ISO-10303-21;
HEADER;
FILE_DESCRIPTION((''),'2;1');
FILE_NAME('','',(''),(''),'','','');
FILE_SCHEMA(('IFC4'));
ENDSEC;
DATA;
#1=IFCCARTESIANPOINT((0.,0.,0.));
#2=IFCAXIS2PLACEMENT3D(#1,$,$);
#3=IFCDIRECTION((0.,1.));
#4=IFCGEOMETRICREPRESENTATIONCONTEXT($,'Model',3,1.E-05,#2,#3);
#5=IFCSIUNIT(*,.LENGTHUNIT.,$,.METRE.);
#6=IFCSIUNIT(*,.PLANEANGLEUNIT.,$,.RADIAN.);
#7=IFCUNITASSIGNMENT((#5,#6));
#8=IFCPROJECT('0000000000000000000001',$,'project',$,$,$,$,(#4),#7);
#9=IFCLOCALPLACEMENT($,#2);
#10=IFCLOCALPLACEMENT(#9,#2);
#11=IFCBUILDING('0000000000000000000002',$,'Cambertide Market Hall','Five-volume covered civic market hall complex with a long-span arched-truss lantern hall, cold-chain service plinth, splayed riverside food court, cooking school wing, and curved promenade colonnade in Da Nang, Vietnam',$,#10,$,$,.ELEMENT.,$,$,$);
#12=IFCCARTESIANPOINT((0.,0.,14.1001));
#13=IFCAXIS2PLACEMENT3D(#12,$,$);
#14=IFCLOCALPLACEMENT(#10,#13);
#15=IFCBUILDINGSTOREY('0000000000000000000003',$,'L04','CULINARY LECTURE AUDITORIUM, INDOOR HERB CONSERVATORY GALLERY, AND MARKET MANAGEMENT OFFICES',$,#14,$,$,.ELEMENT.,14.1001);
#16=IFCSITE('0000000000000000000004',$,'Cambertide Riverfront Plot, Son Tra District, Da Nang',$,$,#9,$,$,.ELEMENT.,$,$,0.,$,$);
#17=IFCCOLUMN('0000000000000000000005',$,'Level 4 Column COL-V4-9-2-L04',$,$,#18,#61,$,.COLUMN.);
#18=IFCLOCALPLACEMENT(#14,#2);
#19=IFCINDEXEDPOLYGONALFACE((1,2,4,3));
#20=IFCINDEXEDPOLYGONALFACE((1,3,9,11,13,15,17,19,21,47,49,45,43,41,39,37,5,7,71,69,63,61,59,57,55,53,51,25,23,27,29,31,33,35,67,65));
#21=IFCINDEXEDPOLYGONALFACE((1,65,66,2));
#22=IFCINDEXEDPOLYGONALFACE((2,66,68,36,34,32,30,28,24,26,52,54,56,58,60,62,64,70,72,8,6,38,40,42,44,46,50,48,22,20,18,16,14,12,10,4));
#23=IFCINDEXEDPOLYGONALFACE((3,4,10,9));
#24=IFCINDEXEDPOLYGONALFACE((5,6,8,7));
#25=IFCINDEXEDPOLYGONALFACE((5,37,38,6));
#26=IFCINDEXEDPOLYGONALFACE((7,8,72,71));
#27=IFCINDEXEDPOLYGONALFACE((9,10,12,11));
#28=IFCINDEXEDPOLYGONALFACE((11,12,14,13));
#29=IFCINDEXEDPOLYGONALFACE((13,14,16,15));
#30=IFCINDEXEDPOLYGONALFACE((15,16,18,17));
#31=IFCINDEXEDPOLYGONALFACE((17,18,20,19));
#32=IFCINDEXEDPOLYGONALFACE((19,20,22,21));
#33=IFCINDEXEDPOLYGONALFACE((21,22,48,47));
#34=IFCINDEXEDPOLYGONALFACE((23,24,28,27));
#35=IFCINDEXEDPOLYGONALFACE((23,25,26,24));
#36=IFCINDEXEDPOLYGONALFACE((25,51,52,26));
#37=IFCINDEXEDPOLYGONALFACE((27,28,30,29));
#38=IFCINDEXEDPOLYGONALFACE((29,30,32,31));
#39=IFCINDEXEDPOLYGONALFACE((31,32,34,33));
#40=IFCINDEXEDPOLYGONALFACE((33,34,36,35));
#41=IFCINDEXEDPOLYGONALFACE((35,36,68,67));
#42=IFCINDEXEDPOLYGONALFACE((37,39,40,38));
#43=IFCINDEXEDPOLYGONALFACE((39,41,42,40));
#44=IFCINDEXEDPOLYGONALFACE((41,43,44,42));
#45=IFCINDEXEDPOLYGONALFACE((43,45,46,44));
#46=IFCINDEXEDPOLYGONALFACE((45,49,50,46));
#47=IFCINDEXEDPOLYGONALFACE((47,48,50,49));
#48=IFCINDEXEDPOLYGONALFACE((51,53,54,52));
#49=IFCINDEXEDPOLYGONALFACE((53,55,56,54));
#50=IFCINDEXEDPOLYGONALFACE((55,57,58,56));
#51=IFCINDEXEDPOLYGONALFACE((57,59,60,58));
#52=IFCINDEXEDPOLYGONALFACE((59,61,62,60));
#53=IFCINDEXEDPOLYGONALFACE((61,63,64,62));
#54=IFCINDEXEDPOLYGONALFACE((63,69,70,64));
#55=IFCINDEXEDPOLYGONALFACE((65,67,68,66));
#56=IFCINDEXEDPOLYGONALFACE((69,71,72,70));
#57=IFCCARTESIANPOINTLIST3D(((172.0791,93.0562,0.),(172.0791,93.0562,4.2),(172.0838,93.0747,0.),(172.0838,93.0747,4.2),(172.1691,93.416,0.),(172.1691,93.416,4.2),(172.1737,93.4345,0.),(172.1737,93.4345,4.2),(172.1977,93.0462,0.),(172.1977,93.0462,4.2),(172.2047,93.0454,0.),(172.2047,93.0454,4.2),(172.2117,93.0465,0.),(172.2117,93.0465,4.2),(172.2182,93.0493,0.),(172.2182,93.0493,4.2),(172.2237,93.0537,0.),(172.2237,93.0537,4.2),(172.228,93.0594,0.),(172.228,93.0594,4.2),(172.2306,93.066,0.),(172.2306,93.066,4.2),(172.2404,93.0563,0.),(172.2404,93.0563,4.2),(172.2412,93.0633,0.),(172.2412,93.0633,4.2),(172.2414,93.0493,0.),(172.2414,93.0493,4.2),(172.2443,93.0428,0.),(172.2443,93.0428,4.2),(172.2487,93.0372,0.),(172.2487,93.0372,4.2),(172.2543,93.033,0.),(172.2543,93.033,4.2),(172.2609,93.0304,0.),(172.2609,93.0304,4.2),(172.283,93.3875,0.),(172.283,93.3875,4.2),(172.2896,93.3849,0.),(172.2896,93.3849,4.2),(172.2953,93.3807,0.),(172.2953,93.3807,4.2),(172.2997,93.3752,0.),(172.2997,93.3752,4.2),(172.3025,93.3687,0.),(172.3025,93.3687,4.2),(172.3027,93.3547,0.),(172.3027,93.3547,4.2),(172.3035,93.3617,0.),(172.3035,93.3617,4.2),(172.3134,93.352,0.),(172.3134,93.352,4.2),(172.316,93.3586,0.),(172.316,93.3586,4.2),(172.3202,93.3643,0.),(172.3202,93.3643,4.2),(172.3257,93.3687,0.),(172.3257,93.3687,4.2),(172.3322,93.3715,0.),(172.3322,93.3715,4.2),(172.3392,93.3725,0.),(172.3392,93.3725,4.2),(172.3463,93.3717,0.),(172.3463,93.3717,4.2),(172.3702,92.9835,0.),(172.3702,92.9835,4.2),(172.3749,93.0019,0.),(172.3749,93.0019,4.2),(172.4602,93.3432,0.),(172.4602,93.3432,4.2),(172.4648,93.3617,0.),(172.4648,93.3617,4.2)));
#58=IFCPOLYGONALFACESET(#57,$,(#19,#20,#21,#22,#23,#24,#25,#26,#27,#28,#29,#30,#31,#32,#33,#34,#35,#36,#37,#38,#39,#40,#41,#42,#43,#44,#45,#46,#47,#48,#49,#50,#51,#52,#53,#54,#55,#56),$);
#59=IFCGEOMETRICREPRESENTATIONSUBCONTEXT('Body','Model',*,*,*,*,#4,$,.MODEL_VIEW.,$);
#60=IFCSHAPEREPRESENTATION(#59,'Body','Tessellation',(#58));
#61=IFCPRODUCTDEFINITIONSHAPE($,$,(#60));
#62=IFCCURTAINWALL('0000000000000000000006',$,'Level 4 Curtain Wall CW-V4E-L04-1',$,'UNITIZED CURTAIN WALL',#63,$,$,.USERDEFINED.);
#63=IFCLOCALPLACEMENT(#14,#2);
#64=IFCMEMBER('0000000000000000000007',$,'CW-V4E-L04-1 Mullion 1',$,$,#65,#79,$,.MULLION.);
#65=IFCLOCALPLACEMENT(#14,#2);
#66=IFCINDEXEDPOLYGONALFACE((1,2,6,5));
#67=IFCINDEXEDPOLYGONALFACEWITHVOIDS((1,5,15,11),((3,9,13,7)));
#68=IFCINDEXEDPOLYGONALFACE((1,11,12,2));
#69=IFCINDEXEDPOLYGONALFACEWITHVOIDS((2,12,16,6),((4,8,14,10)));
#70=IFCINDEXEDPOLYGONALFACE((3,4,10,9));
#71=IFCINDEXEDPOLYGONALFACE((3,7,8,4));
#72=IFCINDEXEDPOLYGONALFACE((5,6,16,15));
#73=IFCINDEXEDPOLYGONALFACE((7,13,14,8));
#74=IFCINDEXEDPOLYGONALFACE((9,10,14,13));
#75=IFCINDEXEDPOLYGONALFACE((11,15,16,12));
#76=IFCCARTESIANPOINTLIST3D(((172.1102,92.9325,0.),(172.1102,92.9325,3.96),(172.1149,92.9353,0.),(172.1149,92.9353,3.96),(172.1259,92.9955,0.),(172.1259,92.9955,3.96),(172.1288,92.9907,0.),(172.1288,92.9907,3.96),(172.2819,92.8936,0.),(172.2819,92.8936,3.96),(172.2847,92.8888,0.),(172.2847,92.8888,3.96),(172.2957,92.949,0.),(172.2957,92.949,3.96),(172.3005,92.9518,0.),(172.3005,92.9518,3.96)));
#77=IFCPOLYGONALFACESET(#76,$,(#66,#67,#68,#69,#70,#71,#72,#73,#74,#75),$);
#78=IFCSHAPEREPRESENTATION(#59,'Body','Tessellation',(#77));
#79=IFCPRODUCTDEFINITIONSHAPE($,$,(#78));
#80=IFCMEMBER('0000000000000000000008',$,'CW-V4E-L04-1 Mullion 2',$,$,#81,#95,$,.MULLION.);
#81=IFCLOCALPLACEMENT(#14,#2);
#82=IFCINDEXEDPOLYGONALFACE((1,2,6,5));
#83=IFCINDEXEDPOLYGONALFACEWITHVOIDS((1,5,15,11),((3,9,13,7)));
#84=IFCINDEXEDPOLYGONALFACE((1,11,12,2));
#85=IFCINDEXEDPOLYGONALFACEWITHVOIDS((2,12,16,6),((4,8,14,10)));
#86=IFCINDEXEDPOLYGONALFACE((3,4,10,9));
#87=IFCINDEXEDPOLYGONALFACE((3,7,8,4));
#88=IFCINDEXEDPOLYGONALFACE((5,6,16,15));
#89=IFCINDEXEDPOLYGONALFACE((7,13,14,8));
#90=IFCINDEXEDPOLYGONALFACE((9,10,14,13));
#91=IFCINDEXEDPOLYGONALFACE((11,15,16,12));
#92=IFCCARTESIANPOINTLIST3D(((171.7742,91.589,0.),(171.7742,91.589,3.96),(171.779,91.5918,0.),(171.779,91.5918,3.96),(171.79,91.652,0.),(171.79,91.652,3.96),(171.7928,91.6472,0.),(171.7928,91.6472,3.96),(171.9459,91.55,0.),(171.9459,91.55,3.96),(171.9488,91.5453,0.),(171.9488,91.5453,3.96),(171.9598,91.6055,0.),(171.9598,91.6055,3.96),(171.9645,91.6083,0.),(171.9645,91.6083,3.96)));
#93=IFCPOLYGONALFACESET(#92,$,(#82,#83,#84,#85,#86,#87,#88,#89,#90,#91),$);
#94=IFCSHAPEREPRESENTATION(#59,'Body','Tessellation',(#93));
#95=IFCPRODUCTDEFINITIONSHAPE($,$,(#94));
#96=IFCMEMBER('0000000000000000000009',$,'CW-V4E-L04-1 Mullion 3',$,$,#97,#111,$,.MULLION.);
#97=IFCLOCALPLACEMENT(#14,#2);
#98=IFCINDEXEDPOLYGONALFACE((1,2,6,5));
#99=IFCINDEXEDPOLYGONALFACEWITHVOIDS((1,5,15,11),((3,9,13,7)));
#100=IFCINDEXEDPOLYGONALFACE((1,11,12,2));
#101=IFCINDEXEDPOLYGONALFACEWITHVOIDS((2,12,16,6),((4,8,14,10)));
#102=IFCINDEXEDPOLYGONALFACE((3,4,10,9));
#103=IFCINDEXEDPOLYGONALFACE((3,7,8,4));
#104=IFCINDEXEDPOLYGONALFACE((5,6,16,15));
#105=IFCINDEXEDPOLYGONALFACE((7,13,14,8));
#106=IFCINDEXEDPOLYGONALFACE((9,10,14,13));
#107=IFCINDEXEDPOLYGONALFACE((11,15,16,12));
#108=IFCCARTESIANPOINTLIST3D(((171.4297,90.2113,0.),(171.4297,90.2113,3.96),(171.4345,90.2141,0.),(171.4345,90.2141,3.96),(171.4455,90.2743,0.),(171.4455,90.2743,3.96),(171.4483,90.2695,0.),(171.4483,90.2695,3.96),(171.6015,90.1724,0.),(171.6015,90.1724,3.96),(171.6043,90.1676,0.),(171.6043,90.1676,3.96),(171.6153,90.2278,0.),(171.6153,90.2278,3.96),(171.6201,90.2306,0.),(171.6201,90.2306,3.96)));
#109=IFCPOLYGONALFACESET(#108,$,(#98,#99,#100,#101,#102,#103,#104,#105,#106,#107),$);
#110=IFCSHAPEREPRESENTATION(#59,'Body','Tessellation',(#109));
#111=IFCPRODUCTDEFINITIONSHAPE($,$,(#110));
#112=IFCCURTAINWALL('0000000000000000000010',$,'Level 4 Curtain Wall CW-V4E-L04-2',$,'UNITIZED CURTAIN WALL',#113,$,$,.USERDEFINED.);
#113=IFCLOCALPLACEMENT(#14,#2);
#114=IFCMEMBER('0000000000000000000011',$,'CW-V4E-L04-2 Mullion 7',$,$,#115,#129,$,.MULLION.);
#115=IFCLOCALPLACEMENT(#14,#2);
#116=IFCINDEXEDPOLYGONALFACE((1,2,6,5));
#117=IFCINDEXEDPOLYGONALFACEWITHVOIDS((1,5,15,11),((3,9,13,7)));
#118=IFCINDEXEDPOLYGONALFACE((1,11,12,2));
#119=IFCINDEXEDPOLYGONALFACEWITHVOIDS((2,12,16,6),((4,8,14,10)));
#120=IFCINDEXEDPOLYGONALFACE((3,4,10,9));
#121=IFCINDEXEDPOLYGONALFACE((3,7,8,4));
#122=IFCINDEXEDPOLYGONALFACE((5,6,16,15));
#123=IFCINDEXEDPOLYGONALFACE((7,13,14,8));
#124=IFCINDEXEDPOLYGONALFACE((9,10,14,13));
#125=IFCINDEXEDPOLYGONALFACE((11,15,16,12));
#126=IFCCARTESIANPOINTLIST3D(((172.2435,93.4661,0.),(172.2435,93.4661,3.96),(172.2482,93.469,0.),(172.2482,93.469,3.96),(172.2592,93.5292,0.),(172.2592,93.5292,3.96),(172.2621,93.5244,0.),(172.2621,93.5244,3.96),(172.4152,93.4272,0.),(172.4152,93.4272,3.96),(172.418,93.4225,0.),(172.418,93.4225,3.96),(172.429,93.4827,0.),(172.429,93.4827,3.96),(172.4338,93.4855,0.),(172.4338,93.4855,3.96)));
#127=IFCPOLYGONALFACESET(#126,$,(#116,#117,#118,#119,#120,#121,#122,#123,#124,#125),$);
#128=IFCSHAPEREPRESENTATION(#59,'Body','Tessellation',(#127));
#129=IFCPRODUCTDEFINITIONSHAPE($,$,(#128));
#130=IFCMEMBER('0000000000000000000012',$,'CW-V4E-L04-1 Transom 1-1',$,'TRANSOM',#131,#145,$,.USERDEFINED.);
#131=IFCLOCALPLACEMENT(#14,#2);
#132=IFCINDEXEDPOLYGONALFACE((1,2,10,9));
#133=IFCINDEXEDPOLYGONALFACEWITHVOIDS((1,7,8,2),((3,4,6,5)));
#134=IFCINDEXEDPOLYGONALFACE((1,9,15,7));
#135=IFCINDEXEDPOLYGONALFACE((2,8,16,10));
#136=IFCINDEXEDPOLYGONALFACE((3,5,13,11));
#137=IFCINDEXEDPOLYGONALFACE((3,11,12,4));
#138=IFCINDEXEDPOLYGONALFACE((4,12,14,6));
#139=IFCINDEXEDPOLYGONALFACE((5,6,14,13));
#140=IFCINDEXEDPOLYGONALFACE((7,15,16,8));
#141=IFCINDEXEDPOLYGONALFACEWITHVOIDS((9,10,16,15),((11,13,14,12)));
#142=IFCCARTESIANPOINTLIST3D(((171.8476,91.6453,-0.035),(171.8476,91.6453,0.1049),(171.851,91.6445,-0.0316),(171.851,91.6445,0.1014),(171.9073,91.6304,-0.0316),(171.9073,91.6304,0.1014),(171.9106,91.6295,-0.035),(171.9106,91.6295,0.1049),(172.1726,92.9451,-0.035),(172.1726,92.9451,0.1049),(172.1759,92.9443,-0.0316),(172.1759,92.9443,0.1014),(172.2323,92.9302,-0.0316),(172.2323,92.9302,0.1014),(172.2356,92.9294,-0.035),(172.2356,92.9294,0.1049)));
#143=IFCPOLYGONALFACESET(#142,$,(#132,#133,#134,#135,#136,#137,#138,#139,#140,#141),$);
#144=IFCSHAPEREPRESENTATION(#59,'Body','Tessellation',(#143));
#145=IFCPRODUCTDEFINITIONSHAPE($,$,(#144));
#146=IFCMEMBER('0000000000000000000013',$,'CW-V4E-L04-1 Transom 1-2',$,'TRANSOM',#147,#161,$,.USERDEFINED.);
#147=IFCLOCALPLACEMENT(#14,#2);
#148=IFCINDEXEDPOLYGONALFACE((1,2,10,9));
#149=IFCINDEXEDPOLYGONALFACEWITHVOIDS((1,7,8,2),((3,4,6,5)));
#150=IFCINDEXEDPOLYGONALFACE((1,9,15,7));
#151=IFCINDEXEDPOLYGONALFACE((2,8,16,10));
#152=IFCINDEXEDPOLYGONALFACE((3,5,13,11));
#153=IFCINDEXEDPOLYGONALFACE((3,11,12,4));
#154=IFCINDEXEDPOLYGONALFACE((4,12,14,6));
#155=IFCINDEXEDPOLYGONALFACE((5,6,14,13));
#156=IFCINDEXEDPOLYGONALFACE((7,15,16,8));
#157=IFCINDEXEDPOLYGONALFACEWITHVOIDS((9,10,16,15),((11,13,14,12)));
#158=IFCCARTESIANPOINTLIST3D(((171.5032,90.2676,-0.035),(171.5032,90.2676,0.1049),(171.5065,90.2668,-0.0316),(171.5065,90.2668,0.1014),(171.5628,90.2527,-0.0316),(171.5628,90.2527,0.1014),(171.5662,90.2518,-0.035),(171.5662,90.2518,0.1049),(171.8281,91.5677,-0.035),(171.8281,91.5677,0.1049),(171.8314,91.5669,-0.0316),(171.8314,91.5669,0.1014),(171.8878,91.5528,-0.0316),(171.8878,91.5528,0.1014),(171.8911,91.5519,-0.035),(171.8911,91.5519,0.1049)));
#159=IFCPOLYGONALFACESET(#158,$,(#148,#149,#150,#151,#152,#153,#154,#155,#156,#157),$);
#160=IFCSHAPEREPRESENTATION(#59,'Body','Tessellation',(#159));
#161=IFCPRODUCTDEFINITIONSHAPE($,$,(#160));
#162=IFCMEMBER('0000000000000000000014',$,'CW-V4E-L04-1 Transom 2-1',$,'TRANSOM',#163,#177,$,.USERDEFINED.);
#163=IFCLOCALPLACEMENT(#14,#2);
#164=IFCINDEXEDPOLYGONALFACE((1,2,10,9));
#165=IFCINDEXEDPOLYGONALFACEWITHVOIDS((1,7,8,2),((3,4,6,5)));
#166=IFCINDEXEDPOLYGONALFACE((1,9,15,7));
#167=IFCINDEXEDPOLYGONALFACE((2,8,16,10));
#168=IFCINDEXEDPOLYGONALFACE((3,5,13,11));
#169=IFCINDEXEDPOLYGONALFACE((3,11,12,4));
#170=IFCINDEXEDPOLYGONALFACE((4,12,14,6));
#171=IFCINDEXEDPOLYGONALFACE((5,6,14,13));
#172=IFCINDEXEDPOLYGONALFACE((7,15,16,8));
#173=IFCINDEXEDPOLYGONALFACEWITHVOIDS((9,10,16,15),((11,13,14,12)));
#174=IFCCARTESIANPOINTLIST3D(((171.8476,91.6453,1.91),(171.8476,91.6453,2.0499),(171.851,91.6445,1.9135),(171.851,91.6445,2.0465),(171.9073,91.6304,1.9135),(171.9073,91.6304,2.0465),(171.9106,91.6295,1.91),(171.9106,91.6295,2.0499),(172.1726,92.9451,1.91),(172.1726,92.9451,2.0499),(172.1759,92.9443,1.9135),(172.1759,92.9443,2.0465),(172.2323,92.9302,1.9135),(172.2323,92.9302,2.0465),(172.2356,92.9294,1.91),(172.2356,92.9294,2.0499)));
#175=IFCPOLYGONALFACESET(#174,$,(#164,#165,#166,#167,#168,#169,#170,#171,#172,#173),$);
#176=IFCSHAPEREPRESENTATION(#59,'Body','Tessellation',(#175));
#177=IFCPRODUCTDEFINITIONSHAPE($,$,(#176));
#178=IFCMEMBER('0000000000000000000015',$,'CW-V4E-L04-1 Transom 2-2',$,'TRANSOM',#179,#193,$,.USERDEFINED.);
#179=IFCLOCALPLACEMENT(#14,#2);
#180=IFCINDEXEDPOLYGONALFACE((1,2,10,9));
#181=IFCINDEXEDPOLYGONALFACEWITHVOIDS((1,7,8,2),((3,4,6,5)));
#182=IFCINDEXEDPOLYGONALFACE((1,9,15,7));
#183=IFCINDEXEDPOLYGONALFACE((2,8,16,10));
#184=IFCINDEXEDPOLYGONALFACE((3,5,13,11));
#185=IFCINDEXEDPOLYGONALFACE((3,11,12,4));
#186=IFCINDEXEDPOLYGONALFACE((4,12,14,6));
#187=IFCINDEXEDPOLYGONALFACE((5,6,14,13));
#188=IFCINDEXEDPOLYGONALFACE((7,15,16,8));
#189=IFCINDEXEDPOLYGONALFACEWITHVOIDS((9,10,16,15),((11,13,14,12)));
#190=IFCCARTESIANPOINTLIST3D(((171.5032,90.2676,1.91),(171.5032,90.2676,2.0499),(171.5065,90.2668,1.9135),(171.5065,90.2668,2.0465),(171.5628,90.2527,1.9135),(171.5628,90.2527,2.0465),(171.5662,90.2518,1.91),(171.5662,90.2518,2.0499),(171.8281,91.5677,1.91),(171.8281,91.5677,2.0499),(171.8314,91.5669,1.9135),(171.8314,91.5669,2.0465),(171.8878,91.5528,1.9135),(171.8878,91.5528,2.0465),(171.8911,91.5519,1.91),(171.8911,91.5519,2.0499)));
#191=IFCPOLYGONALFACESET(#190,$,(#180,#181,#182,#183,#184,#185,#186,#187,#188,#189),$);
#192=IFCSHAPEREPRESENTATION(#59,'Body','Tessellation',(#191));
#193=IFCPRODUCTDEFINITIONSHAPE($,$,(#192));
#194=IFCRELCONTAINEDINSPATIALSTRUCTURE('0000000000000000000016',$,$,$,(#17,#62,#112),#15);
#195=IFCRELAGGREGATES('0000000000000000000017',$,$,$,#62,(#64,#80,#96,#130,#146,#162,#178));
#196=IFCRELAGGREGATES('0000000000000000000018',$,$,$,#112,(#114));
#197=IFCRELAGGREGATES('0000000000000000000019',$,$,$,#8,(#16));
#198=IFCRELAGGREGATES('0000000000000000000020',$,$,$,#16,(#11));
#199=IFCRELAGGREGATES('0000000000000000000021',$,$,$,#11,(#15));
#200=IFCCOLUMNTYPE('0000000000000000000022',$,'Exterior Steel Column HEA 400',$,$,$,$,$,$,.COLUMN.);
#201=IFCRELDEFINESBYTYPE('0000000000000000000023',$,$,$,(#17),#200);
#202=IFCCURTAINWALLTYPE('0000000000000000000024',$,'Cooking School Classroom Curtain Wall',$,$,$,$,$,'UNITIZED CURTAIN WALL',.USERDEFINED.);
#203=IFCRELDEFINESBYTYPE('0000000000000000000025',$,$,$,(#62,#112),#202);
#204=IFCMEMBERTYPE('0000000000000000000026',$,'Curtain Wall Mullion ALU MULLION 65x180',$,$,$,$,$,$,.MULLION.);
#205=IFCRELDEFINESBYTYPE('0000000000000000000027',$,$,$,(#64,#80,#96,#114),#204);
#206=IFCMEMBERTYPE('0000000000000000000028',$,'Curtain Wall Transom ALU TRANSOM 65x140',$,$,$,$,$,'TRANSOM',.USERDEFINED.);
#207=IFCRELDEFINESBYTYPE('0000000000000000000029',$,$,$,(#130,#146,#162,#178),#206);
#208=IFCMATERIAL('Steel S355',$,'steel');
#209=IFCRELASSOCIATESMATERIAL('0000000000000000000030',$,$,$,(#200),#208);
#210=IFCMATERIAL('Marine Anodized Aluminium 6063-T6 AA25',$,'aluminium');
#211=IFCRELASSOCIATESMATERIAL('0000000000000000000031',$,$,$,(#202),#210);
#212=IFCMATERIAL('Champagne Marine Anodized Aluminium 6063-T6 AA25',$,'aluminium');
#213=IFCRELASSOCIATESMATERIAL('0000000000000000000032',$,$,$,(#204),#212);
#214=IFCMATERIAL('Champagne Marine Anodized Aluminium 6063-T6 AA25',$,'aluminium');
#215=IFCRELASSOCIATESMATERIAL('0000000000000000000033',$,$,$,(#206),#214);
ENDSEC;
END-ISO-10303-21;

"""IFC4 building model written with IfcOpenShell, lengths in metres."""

from ifc_helpers import new_model, si_unit, direction, frame, origin, origin_2d, place, context, subcontext, project, spatial, hollow_rectangle, i_section, extrude, material, material_profile, profile_set, type_object, element, aggregate, save


model = new_model("IFC4")

# Units and contexts
model_context = context("Model", 3, precision=1e-05, world=origin(), true_north=direction((0.0, 1.0)))
body_context = subcontext(model_context, "Body", "Model", "MODEL_VIEW")
ifc_project = project(units=[si_unit("LENGTHUNIT", "METRE"), si_unit("PLANEANGLEUNIT", "RADIAN")], contexts=[model_context])

# Site, building, storey
site_placement = place(None, origin())
site = spatial("IfcSite", under=ifc_project, at=site_placement, Name="Cambertide Riverfront Plot, Son Tra District, Da Nang", CompositionType="ELEMENT", RefElevation=0.0)
building_placement = place(site_placement, origin())
building = spatial("IfcBuilding", under=site, at=building_placement, Name="Cambertide Market Hall", Description="Five-volume covered civic market hall complex with a long-span arched-truss lantern hall, cold-chain service plinth, splayed riverside food court, cooking school wing, and curved promenade colonnade in Da Nang, Vietnam", CompositionType="ELEMENT")
storey_placement = place(building_placement, frame((0.0, 0.0, 14.1001)))
storey = spatial("IfcBuildingStorey", under=building, at=storey_placement, Name="L04", Description="CULINARY LECTURE AUDITORIUM, INDOOR HERB CONSERVATORY GALLERY, AND MARKET MANAGEMENT OFFICES", CompositionType="ELEMENT", Elevation=14.1001)

# Column
ifc_material_1 = material(Name="Steel S355", Category="steel")
ifc_material_profile_1 = material_profile(ifc_material_1, i_section(OverallWidth=0.3, OverallDepth=0.3899, WebThickness=0.011, FlangeThickness=0.019, FilletRadius=0.0271, at=origin_2d()), Name="HEA 400")
ifc_profile_set_1 = profile_set([ifc_material_profile_1], Name="Steel S355")
column_type = type_object("IfcColumnType", Name="Exterior Steel Column HEA 400", PredefinedType="COLUMN", material=ifc_profile_set_1)
column_placement = place(storey_placement, frame((172.272, 93.209, 0.0), z_axis=(0.0, 0.0, 1.0), x_axis=(0.970143, -0.242536, 0.0)))
element("IfcColumn", 1, at=column_placement, inside=storey, type_object=column_type, Name="Level 4 Column COL-V4-9-2-L04", PredefinedType="COLUMN", context=body_context, shape_type="SweptSolid", body=[
    extrude(i_section(OverallWidth=0.3, OverallDepth=0.3899, WebThickness=0.011, FlangeThickness=0.019, FilletRadius=0.0271, at=origin_2d()), origin(), (0.0, 0.0, 1.0), 4.2),
])

# Curtain wall, members
ifc_material_2 = material(Name="Marine Anodized Aluminium 6063-T6 AA25", Category="aluminium")
curtain_wall_type = type_object("IfcCurtainWallType", Name="Cooking School Classroom Curtain Wall", ElementType="UNITIZED CURTAIN WALL", PredefinedType="USERDEFINED", material=ifc_material_2)
curtain_wall_1_placement = place(storey_placement, origin())
curtain_wall_1 = element("IfcCurtainWall", 2, at=curtain_wall_1_placement, inside=storey, type_object=curtain_wall_type, Name="Level 4 Curtain Wall CW-V4E-L04-1", ObjectType="UNITIZED CURTAIN WALL", PredefinedType="USERDEFINED")
ifc_material_3 = material(Name="Champagne Marine Anodized Aluminium 6063-T6 AA25", Category="aluminium")
ifc_material_profile_2 = material_profile(ifc_material_3, hollow_rectangle(XDim=0.0649, YDim=0.1799, WallThickness=0.0039, at=origin_2d()), Name="ALU MULLION 65x180")
ifc_profile_set_2 = profile_set([ifc_material_profile_2], Name="Champagne Marine Anodized Aluminium 6063-T6 AA25")
member_type_1 = type_object("IfcMemberType", Name="Curtain Wall Mullion ALU MULLION 65x180", PredefinedType="MULLION", material=ifc_profile_set_2)
member_1_placement = place(storey_placement, frame((172.2053, 92.9421, 0.0), z_axis=(0.0, 0.0, 1.0), x_axis=(-0.242536, -0.970143, 0.0)))
member_1 = element("IfcMember", 3, at=member_1_placement, type_object=member_type_1, Name="CW-V4E-L04-1 Mullion 1", PredefinedType="MULLION", context=body_context, shape_type="SweptSolid", body=[
    extrude(hollow_rectangle(XDim=0.0649, YDim=0.1799, WallThickness=0.0039, at=origin_2d()), origin(), (0.0, 0.0, 1.0), 3.96),
])
member_2_placement = place(storey_placement, frame((171.8694, 91.5986, 0.0), z_axis=(0.0, 0.0, 1.0), x_axis=(-0.242536, -0.970143, 0.0)))
member_2 = element("IfcMember", 4, at=member_2_placement, type_object=member_type_1, Name="CW-V4E-L04-1 Mullion 2", PredefinedType="MULLION", context=body_context, shape_type="SweptSolid", body=[
    extrude(hollow_rectangle(XDim=0.0649, YDim=0.1799, WallThickness=0.0039, at=origin_2d()), origin(), (0.0, 0.0, 1.0), 3.96),
])
member_3_placement = place(storey_placement, frame((171.5249, 90.2209, 0.0), z_axis=(0.0, 0.0, 1.0), x_axis=(-0.242536, -0.970143, 0.0)))
member_3 = element("IfcMember", 5, at=member_3_placement, type_object=member_type_1, Name="CW-V4E-L04-1 Mullion 3", PredefinedType="MULLION", context=body_context, shape_type="SweptSolid", body=[
    extrude(hollow_rectangle(XDim=0.0649, YDim=0.1799, WallThickness=0.0039, at=origin_2d()), origin(), (0.0, 0.0, 1.0), 3.96),
])

# Curtain wall, member
curtain_wall_2_placement = place(storey_placement, origin())
curtain_wall_2 = element("IfcCurtainWall", 6, at=curtain_wall_2_placement, inside=storey, type_object=curtain_wall_type, Name="Level 4 Curtain Wall CW-V4E-L04-2", ObjectType="UNITIZED CURTAIN WALL", PredefinedType="USERDEFINED")
member_4_placement = place(storey_placement, frame((172.3386, 93.4758, 0.0), z_axis=(0.0, 0.0, 1.0), x_axis=(-0.242536, -0.970142, 0.0)))
member_4 = element("IfcMember", 7, at=member_4_placement, type_object=member_type_1, Name="CW-V4E-L04-2 Mullion 7", PredefinedType="MULLION", context=body_context, shape_type="SweptSolid", body=[
    extrude(hollow_rectangle(XDim=0.0649, YDim=0.1799, WallThickness=0.0039, at=origin_2d()), origin(), (0.0, 0.0, 1.0), 3.96),
])

# Members
ifc_material_4 = material(Name="Champagne Marine Anodized Aluminium 6063-T6 AA25", Category="aluminium")
ifc_material_profile_3 = material_profile(ifc_material_4, hollow_rectangle(XDim=0.0649, YDim=0.1399, WallThickness=0.0034, at=origin_2d()), Name="ALU TRANSOM 65x140")
ifc_profile_set_3 = profile_set([ifc_material_profile_3], Name="Champagne Marine Anodized Aluminium 6063-T6 AA25")
member_type_2 = type_object("IfcMemberType", Name="Curtain Wall Transom ALU TRANSOM 65x140", ElementType="TRANSOM", PredefinedType="USERDEFINED", material=ifc_profile_set_3)
member_5_placement = place(storey_placement, frame((172.2041, 92.9373, 0.0349), z_axis=(-0.242536, -0.970143, 0.0), x_axis=(0.970143, -0.242536, 0.0)))
member_5 = element("IfcMember", 8, at=member_5_placement, type_object=member_type_2, Name="CW-V4E-L04-1 Transom 1-1", ObjectType="TRANSOM", PredefinedType="USERDEFINED", context=body_context, shape_type="SweptSolid", body=[
    extrude(hollow_rectangle(XDim=0.0649, YDim=0.1399, WallThickness=0.0034, at=origin_2d()), origin(), (0.0, 0.0, 1.0), 1.3398),
])
member_6_placement = place(storey_placement, frame((171.8596, 91.5598, 0.0349), z_axis=(-0.242493, -0.970153, 0.0), x_axis=(0.970153, -0.242493, 0.0)))
member_6 = element("IfcMember", 9, at=member_6_placement, type_object=member_type_2, Name="CW-V4E-L04-1 Transom 1-2", ObjectType="TRANSOM", PredefinedType="USERDEFINED", context=body_context, shape_type="SweptSolid", body=[
    extrude(hollow_rectangle(XDim=0.0649, YDim=0.1399, WallThickness=0.0034, at=origin_2d()), origin(), (0.0, 0.0, 1.0), 1.3401),
])
member_7_placement = place(storey_placement, frame((172.2041, 92.9373, 1.98), z_axis=(-0.242536, -0.970143, 0.0), x_axis=(0.970143, -0.242536, 0.0)))
member_7 = element("IfcMember", 10, at=member_7_placement, type_object=member_type_2, Name="CW-V4E-L04-1 Transom 2-1", ObjectType="TRANSOM", PredefinedType="USERDEFINED", context=body_context, shape_type="SweptSolid", body=[
    extrude(hollow_rectangle(XDim=0.0649, YDim=0.1399, WallThickness=0.0034, at=origin_2d()), origin(), (0.0, 0.0, 1.0), 1.3398),
])
member_8_placement = place(storey_placement, frame((171.8596, 91.5598, 1.98), z_axis=(-0.242493, -0.970153, 0.0), x_axis=(0.970153, -0.242493, 0.0)))
member_8 = element("IfcMember", 11, at=member_8_placement, type_object=member_type_2, Name="CW-V4E-L04-1 Transom 2-2", ObjectType="TRANSOM", PredefinedType="USERDEFINED", context=body_context, shape_type="SweptSolid", body=[
    extrude(hollow_rectangle(XDim=0.0649, YDim=0.1399, WallThickness=0.0034, at=origin_2d()), origin(), (0.0, 0.0, 1.0), 1.3401),
])

aggregate(curtain_wall_1, [member_1, member_2, member_3, member_5, member_6, member_7, member_8])
aggregate(curtain_wall_2, [member_4])

save(model, "model.ifc")
